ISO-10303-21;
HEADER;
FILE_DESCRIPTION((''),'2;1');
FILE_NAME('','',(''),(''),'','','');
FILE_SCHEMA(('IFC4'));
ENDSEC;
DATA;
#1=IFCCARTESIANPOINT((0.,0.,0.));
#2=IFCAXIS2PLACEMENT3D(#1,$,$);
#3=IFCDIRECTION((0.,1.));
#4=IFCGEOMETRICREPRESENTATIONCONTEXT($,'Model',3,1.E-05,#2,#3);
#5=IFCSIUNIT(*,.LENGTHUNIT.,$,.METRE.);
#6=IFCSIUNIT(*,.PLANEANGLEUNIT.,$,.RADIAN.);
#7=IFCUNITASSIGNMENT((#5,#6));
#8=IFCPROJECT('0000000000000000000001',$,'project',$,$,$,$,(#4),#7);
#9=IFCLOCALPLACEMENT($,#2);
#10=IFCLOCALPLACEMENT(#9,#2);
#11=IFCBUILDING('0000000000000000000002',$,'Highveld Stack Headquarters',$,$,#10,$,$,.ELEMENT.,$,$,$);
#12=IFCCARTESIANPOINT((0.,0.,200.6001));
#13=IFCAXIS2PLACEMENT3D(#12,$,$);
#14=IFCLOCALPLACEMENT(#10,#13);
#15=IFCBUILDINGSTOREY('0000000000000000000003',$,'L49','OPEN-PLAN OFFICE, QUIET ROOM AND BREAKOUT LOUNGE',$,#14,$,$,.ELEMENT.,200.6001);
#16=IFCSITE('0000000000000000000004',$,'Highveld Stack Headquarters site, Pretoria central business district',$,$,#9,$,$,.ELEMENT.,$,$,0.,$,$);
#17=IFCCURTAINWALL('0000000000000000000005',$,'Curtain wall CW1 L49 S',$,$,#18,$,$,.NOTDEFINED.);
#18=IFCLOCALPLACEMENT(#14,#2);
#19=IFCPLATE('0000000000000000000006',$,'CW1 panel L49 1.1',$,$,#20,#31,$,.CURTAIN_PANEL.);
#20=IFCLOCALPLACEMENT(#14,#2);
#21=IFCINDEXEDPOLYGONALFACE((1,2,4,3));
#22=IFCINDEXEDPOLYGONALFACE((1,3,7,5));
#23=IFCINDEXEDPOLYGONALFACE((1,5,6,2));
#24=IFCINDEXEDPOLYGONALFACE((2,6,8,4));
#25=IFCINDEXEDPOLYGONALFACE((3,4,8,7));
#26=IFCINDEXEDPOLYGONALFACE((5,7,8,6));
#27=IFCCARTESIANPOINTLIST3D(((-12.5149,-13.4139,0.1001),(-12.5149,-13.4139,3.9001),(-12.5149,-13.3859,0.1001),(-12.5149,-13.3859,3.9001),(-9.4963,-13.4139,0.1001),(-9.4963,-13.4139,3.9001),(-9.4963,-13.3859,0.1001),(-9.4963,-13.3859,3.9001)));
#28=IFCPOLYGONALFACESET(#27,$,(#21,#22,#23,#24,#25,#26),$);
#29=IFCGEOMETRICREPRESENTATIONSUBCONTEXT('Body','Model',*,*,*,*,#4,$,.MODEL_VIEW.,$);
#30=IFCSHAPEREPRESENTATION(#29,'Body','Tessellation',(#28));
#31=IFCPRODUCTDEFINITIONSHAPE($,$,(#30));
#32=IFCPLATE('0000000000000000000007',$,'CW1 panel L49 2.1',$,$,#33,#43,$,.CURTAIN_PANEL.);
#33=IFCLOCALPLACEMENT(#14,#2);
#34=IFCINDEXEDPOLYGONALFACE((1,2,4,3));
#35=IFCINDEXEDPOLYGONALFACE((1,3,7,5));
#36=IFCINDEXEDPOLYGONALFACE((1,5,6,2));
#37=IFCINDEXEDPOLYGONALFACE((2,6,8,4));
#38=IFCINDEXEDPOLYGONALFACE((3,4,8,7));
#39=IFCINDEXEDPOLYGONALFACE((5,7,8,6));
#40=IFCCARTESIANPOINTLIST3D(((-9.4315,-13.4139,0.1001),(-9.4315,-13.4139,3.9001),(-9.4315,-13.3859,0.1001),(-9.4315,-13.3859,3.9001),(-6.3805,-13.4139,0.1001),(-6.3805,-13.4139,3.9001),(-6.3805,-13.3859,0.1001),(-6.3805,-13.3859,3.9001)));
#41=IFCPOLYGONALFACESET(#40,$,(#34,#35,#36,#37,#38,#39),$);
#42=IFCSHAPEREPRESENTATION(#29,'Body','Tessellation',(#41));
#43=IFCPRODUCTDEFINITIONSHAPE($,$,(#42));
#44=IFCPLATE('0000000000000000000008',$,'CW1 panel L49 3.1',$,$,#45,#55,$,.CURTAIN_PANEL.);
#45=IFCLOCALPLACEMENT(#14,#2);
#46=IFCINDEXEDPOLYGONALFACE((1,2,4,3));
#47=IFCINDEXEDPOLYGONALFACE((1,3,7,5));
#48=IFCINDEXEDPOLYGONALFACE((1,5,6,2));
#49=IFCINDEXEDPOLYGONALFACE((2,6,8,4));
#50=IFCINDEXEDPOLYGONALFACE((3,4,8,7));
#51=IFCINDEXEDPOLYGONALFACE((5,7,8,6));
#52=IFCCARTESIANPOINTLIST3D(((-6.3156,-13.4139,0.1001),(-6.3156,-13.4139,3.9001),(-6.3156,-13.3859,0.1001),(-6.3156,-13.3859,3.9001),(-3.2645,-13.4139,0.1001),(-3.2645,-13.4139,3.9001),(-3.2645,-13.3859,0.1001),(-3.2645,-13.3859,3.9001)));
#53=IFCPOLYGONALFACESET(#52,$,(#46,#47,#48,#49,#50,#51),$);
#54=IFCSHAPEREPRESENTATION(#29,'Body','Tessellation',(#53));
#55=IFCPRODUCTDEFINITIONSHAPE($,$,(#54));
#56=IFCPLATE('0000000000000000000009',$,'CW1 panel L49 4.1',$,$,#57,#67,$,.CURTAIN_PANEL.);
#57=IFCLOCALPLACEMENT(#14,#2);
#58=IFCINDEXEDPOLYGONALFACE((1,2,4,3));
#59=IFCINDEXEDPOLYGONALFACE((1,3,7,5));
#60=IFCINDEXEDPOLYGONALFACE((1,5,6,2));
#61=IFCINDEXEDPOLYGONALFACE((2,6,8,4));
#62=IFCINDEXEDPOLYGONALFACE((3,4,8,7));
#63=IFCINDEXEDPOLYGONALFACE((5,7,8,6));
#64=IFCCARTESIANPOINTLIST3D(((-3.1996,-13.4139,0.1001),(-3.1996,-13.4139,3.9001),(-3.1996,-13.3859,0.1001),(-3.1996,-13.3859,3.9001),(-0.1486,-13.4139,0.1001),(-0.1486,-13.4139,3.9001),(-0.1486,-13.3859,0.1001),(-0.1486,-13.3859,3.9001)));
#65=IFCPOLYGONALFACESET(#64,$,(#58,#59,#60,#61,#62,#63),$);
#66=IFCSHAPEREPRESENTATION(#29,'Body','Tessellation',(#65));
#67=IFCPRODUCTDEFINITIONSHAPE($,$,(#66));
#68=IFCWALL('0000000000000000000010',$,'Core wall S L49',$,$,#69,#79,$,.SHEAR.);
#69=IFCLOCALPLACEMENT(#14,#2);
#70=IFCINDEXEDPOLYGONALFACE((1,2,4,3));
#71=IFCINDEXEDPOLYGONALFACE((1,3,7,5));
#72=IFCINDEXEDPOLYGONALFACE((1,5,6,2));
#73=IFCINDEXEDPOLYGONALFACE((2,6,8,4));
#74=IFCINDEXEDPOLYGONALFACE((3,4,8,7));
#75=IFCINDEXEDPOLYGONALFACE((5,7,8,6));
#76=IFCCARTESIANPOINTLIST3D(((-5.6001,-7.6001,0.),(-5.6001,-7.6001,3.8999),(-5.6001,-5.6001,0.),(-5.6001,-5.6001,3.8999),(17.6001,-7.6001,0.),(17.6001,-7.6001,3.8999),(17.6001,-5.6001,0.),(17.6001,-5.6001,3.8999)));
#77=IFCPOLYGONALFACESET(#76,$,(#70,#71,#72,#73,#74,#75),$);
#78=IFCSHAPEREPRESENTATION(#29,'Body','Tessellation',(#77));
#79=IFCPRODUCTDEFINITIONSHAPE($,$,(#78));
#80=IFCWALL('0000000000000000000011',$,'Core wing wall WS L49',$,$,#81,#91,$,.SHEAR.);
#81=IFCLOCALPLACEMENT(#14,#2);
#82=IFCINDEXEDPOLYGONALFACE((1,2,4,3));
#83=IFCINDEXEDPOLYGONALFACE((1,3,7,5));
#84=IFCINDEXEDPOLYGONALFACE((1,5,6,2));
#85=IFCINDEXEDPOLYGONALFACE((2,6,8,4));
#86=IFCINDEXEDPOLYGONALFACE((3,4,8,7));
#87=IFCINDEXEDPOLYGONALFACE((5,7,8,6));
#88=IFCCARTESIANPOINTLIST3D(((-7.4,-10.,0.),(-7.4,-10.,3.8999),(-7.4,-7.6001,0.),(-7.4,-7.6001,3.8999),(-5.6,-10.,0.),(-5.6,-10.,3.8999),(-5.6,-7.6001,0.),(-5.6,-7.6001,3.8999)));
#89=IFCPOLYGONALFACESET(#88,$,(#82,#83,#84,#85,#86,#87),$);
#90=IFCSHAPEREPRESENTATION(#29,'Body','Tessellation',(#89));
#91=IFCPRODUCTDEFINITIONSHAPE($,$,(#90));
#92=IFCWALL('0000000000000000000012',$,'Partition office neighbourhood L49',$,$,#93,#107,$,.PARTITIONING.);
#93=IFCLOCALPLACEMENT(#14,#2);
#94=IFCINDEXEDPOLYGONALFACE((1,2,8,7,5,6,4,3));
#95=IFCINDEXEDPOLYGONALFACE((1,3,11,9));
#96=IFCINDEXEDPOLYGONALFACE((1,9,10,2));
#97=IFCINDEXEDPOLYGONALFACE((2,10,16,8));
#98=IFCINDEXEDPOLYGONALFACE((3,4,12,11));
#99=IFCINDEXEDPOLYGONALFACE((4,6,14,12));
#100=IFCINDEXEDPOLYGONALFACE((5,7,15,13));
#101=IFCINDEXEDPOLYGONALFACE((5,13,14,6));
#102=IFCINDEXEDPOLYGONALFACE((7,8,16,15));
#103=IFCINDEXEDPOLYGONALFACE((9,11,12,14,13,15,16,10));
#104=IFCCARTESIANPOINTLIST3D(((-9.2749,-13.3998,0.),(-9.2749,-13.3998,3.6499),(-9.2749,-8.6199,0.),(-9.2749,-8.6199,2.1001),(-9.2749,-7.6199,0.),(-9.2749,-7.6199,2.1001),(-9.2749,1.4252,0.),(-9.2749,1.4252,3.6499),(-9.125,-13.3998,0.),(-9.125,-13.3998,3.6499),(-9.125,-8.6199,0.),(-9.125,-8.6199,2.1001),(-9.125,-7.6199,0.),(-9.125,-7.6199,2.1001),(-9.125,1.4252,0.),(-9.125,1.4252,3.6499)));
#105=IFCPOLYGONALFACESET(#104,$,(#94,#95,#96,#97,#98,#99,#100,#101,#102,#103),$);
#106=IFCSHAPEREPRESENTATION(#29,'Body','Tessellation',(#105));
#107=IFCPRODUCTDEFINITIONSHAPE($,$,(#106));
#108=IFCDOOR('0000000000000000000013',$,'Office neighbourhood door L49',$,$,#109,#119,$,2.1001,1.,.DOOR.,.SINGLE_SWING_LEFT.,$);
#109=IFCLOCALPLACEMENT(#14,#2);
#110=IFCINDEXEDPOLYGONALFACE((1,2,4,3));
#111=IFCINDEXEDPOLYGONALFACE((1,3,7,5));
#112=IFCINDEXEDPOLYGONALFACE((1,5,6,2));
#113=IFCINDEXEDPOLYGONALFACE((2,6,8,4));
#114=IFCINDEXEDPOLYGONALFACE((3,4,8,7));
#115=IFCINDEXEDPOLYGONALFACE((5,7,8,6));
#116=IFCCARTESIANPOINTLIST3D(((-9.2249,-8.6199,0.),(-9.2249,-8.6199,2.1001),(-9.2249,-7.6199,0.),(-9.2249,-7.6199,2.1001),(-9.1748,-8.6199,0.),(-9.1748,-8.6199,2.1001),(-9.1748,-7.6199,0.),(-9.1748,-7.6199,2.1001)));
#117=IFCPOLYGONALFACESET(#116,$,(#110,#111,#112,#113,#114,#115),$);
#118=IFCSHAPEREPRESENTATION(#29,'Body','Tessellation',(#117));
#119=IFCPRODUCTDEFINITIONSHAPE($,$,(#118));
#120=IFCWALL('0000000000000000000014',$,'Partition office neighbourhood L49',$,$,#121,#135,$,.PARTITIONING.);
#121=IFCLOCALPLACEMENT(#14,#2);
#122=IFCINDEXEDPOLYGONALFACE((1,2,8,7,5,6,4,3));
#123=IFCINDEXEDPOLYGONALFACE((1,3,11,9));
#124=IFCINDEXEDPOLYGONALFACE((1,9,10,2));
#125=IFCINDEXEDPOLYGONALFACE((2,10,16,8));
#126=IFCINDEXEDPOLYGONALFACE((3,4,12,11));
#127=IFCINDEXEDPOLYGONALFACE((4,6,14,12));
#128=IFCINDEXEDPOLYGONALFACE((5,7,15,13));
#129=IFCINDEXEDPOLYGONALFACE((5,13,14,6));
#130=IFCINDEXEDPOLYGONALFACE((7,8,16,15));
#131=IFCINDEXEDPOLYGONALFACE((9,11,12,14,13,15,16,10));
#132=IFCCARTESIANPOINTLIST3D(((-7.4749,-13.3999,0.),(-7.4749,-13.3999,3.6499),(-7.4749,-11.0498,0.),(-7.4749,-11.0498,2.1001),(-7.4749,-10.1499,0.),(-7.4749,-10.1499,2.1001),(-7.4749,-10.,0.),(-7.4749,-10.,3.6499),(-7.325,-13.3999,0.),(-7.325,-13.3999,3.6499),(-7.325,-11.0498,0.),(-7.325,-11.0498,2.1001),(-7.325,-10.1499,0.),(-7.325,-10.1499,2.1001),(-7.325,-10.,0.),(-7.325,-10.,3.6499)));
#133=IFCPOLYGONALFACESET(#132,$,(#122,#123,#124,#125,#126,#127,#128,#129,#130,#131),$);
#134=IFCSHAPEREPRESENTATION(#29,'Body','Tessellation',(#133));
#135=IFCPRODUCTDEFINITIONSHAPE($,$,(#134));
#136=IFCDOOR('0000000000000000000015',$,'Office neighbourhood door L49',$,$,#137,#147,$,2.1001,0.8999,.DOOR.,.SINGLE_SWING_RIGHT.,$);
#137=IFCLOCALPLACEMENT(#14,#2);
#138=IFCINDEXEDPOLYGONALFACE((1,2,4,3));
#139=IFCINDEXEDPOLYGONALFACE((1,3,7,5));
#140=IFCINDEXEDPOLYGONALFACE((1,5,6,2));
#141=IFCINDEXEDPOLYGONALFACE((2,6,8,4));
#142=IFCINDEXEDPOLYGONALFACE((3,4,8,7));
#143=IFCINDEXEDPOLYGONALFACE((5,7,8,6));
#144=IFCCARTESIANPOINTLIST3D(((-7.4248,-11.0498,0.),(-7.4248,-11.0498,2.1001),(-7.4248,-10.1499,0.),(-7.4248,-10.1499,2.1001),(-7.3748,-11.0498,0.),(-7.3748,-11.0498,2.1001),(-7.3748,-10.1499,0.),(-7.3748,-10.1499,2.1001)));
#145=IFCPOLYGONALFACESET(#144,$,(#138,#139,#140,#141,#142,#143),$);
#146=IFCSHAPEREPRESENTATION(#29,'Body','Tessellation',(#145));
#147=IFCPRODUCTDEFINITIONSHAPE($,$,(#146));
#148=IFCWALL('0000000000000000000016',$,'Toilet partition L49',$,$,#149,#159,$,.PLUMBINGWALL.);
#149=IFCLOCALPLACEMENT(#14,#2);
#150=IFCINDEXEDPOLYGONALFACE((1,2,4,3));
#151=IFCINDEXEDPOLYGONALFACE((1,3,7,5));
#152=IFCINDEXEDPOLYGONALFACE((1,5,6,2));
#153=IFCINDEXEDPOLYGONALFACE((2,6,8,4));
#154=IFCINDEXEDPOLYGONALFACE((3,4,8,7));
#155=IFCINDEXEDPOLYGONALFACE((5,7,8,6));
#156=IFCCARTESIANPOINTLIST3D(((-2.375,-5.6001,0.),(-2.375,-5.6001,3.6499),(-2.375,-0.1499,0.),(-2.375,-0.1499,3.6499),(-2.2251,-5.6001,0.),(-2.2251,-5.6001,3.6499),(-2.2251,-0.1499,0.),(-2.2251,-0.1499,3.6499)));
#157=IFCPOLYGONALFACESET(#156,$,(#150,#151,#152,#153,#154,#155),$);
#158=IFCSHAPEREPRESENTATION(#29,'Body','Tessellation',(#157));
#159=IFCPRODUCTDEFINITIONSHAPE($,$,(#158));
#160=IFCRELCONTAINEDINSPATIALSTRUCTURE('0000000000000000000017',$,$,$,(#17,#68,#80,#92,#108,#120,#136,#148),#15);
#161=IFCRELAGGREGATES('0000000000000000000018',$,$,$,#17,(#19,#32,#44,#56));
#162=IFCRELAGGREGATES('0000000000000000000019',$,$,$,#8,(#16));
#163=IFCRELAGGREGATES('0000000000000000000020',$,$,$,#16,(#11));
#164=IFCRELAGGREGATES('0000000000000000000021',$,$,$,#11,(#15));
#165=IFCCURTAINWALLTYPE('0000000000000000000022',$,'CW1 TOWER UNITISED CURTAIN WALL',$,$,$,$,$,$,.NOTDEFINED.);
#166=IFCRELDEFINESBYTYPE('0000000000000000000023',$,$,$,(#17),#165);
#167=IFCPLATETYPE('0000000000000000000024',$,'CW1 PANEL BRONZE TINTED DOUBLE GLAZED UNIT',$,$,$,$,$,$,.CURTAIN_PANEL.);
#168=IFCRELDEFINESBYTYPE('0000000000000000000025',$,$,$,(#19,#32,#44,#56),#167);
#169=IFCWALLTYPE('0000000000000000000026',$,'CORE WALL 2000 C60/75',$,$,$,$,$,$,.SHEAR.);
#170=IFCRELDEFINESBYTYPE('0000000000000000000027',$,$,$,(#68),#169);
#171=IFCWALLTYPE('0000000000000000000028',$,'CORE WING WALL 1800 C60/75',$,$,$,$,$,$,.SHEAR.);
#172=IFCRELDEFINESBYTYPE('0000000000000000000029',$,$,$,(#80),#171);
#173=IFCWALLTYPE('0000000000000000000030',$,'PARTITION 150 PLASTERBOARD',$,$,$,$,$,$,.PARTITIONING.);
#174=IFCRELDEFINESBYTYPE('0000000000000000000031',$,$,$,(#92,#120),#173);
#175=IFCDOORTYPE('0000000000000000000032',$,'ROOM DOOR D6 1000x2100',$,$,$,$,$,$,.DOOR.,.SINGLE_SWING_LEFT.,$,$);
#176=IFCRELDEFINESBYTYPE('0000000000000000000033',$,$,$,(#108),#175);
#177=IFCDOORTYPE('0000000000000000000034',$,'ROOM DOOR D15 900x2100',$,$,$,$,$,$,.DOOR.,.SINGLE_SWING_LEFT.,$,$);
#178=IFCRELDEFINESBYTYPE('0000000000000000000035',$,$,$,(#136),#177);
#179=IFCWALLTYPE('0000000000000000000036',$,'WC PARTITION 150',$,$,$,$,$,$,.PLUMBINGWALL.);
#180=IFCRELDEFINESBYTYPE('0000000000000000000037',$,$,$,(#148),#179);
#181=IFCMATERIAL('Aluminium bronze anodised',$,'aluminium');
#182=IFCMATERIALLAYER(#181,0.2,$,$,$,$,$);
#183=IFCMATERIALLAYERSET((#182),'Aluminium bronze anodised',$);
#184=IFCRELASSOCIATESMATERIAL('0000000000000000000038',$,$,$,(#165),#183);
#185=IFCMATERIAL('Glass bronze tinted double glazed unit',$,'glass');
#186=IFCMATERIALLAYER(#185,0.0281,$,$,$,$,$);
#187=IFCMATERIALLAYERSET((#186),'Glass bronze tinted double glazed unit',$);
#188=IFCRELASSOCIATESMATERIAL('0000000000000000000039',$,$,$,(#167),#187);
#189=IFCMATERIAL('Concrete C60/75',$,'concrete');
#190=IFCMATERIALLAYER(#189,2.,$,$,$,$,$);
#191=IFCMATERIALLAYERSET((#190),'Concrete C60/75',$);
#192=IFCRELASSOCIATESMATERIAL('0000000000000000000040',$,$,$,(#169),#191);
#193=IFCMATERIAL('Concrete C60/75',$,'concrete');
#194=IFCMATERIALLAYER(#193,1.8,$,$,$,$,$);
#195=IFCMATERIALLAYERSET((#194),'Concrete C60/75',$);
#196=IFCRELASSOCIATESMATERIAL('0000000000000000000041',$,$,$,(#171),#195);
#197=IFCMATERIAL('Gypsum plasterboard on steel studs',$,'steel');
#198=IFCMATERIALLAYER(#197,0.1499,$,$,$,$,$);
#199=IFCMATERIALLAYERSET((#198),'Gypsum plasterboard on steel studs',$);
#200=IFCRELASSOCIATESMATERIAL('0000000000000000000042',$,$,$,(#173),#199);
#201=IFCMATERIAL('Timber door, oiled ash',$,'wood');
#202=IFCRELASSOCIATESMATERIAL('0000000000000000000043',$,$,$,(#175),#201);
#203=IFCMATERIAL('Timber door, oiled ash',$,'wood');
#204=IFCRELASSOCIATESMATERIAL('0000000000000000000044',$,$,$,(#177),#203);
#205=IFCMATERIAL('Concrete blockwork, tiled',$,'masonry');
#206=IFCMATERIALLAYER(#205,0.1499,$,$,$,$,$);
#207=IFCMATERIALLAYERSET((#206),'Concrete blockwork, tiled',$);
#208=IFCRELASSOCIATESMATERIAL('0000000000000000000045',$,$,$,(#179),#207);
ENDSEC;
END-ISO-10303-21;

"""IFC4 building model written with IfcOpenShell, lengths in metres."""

from ifc_helpers import new_model, si_unit, direction, frame, frame_2d, origin, origin_2d, place, context, subcontext, project, spatial, rectangle, extrude, material, layer, layer_set, type_object, element, fill, aggregate, save


model = new_model("IFC4")

# Units and contexts
model_context = context("Model", 3, precision=1e-05, world=origin(), true_north=direction((0.0, 1.0)))
body_context = subcontext(model_context, "Body", "Model", "MODEL_VIEW")
ifc_project = project(units=[si_unit("LENGTHUNIT", "METRE"), si_unit("PLANEANGLEUNIT", "RADIAN")], contexts=[model_context])

# Site, building, storey
site_placement = place(None, origin())
site = spatial("IfcSite", under=ifc_project, at=site_placement, Name="Highveld Stack Headquarters site, Pretoria central business district", CompositionType="ELEMENT", RefElevation=0.0)
building_placement = place(site_placement, origin())
building = spatial("IfcBuilding", under=site, at=building_placement, Name="Highveld Stack Headquarters", CompositionType="ELEMENT")
storey_placement = place(building_placement, frame((0.0, 0.0, 200.6001)))
storey = spatial("IfcBuildingStorey", under=building, at=storey_placement, Name="L49", Description="OPEN-PLAN OFFICE, QUIET ROOM AND BREAKOUT LOUNGE", CompositionType="ELEMENT", Elevation=200.6001)

# Curtain wall, plates
ifc_material_1 = material(Name="Aluminium bronze anodised", Category="aluminium")
ifc_layer_1 = layer(ifc_material_1, 0.2)
ifc_layer_set_1 = layer_set([ifc_layer_1], Name="Aluminium bronze anodised")
curtain_wall_type = type_object("IfcCurtainWallType", Name="CW1 TOWER UNITISED CURTAIN WALL", PredefinedType="NOTDEFINED", material=ifc_layer_set_1)
curtain_wall_placement = place(storey_placement, origin())
curtain_wall = element("IfcCurtainWall", 1, at=curtain_wall_placement, inside=storey, type_object=curtain_wall_type, Name="Curtain wall CW1 L49 S", PredefinedType="NOTDEFINED")
ifc_material_2 = material(Name="Glass bronze tinted double glazed unit", Category="glass")
ifc_layer_2 = layer(ifc_material_2, 0.0281)
ifc_layer_set_2 = layer_set([ifc_layer_2], Name="Glass bronze tinted double glazed unit")
plate_type = type_object("IfcPlateType", Name="CW1 PANEL BRONZE TINTED DOUBLE GLAZED UNIT", PredefinedType="CURTAIN_PANEL", material=ifc_layer_set_2)
plate_1_placement = place(storey_placement, frame((-11.0056, -13.3999, 0.1001), z_axis=(0.0, 0.0, 1.0), x_axis=(1.0, 0.0, 0.0)))
plate_1 = element("IfcPlate", 2, at=plate_1_placement, type_object=plate_type, Name="CW1 panel L49 1.1", PredefinedType="CURTAIN_PANEL", context=body_context, shape_type="SweptSolid", body=[
    extrude(rectangle(XDim=3.0186, YDim=0.0281, at=origin_2d()), origin(), (0.0, 0.0, 1.0), 3.8),
])
plate_2_placement = place(storey_placement, frame((-7.906, -13.3999, 0.1001), z_axis=(0.0, 0.0, 1.0), x_axis=(1.0, 0.0, 0.0)))
plate_2 = element("IfcPlate", 3, at=plate_2_placement, type_object=plate_type, Name="CW1 panel L49 2.1", PredefinedType="CURTAIN_PANEL", context=body_context, shape_type="SweptSolid", body=[
    extrude(rectangle(XDim=3.051, YDim=0.0281, at=origin_2d()), origin(), (0.0, 0.0, 1.0), 3.8),
])
plate_3_placement = place(storey_placement, frame((-4.79, -13.3999, 0.1001), z_axis=(0.0, 0.0, 1.0), x_axis=(1.0, 0.0, 0.0)))
plate_3 = element("IfcPlate", 4, at=plate_3_placement, type_object=plate_type, Name="CW1 panel L49 3.1", PredefinedType="CURTAIN_PANEL", context=body_context, shape_type="SweptSolid", body=[
    extrude(rectangle(XDim=3.051, YDim=0.0281, at=origin_2d()), origin(), (0.0, 0.0, 1.0), 3.8),
])
plate_4_placement = place(storey_placement, frame((-1.6741, -13.3999, 0.1001), z_axis=(0.0, 0.0, 1.0), x_axis=(1.0, 0.0, 0.0)))
plate_4 = element("IfcPlate", 5, at=plate_4_placement, type_object=plate_type, Name="CW1 panel L49 4.1", PredefinedType="CURTAIN_PANEL", context=body_context, shape_type="SweptSolid", body=[
    extrude(rectangle(XDim=3.051, YDim=0.0281, at=origin_2d()), origin(), (0.0, 0.0, 1.0), 3.8),
])
aggregate(curtain_wall, [plate_1, plate_2, plate_3, plate_4])

# Walls
ifc_material_3 = material(Name="Concrete C60/75", Category="concrete")
ifc_layer_3 = layer(ifc_material_3, 2.0)
ifc_layer_set_3 = layer_set([ifc_layer_3], Name="Concrete C60/75")
wall_type_1 = type_object("IfcWallType", Name="CORE WALL 2000 C60/75", PredefinedType="SHEAR", material=ifc_layer_set_3)
wall_1_placement = place(storey_placement, frame((-5.6001, -6.6001, 0.0), z_axis=(0.0, 0.0, 1.0), x_axis=(1.0, 0.0, 0.0)))
element("IfcWall", 6, at=wall_1_placement, inside=storey, type_object=wall_type_1, Name="Core wall S L49", PredefinedType="SHEAR", context=body_context, shape_type="SweptSolid", body=[
    extrude(rectangle(XDim=23.2002, YDim=2.0, at=frame_2d((11.6001, 0.0))), origin(), (0.0, 0.0, 1.0), 3.8999),
])
ifc_material_4 = material(Name="Concrete C60/75", Category="concrete")
ifc_layer_4 = layer(ifc_material_4, 1.8)
ifc_layer_set_4 = layer_set([ifc_layer_4], Name="Concrete C60/75")
wall_type_2 = type_object("IfcWallType", Name="CORE WING WALL 1800 C60/75", PredefinedType="SHEAR", material=ifc_layer_set_4)
wall_2_placement = place(storey_placement, frame((-6.5, -10.0, 0.0), z_axis=(0.0, 0.0, 1.0), x_axis=(0.0, 1.0, 0.0)))
element("IfcWall", 7, at=wall_2_placement, inside=storey, type_object=wall_type_2, Name="Core wing wall WS L49", PredefinedType="SHEAR", context=body_context, shape_type="SweptSolid", body=[
    extrude(rectangle(XDim=2.3999, YDim=1.8, at=frame_2d((1.2, 0.0))), origin(), (0.0, 0.0, 1.0), 3.8999),
])

# Walls, openings, doors
ifc_material_5 = material(Name="Gypsum plasterboard on steel studs", Category="steel")
ifc_layer_5 = layer(ifc_material_5, 0.1499)
ifc_layer_set_5 = layer_set([ifc_layer_5], Name="Gypsum plasterboard on steel studs")
wall_type_3 = type_object("IfcWallType", Name="PARTITION 150 PLASTERBOARD", PredefinedType="PARTITIONING", material=ifc_layer_set_5)
wall_3_placement = place(storey_placement, frame((-9.2, -13.3999, 0.0), z_axis=(0.0, 0.0, 1.0), x_axis=(0.0, 1.0, 0.0)))
wall_3 = element("IfcWall", 8, at=wall_3_placement, inside=storey, type_object=wall_type_3, Name="Partition office neighbourhood L49", PredefinedType="PARTITIONING", context=body_context, shape_type="SweptSolid", body=[
    extrude(rectangle(XDim=14.825, YDim=0.1499, at=frame_2d((7.4126, 0.0))), origin(), (0.0, 0.0, 1.0), 3.6499),
])
opening_1_placement = place(wall_3_placement, frame((4.78, 0.0, 0.0)))
opening_1 = element("IfcOpeningElement", 9, at=opening_1_placement, cuts=wall_3, PredefinedType="OPENING", context=body_context, shape_type="SweptSolid", body=[
    extrude(rectangle(XDim=1.0, YDim=2.1001, at=frame_2d((0.5, 1.05))), frame((0.0, 0.085, 0.0), z_axis=(0.0, -1.0, 0.0), x_axis=(1.0, 0.0, 0.0)), (0.0, 0.0, 1.0), 0.1699),
])
ifc_material_6 = material(Name="Timber door, oiled ash", Category="wood")
door_type_1 = type_object("IfcDoorType", Name="ROOM DOOR D6 1000x2100", OperationType="SINGLE_SWING_LEFT", PredefinedType="DOOR", material=ifc_material_6)
door_1_placement = place(opening_1_placement, origin())
door_1 = element("IfcDoor", 10, at=door_1_placement, inside=storey, type_object=door_type_1, Name="Office neighbourhood door L49", OperationType="SINGLE_SWING_LEFT", OverallHeight=2.1001, OverallWidth=1.0, PredefinedType="DOOR", context=body_context, shape_type="SweptSolid", body=[
    extrude(rectangle(XDim=1.0, YDim=2.1001, at=frame_2d((0.5, 1.05))), frame((0.0, 0.0249, 0.0), z_axis=(0.0, -1.0, 0.0), x_axis=(1.0, 0.0, 0.0)), (0.0, 0.0, 1.0), 0.05),
])
fill(opening_1, door_1)
wall_4_placement = place(storey_placement, frame((-7.3999, -13.3999, 0.0), z_axis=(0.0, 0.0, 1.0), x_axis=(0.0, 1.0, 0.0)))
wall_4 = element("IfcWall", 11, at=wall_4_placement, inside=storey, type_object=wall_type_3, Name="Partition office neighbourhood L49", PredefinedType="PARTITIONING", context=body_context, shape_type="SweptSolid", body=[
    extrude(rectangle(XDim=3.3999, YDim=0.1499, at=frame_2d((1.7, 0.0))), origin(), (0.0, 0.0, 1.0), 3.6499),
])
opening_2_placement = place(wall_4_placement, frame((2.3501, 0.0, 0.0)))
opening_2 = element("IfcOpeningElement", 12, at=opening_2_placement, cuts=wall_4, PredefinedType="OPENING", context=body_context, shape_type="SweptSolid", body=[
    extrude(rectangle(XDim=0.8999, YDim=2.1001, at=frame_2d((0.45, 1.05))), frame((0.0, 0.085, 0.0), z_axis=(0.0, -1.0, 0.0), x_axis=(1.0, 0.0, 0.0)), (0.0, 0.0, 1.0), 0.1699),
])
ifc_material_7 = material(Name="Timber door, oiled ash", Category="wood")
door_type_2 = type_object("IfcDoorType", Name="ROOM DOOR D15 900x2100", OperationType="SINGLE_SWING_LEFT", PredefinedType="DOOR", material=ifc_material_7)
door_2_placement = place(opening_2_placement, origin())
door_2 = element("IfcDoor", 13, at=door_2_placement, inside=storey, type_object=door_type_2, Name="Office neighbourhood door L49", OperationType="SINGLE_SWING_RIGHT", OverallHeight=2.1001, OverallWidth=0.8999, PredefinedType="DOOR", context=body_context, shape_type="SweptSolid", body=[
    extrude(rectangle(XDim=0.8999, YDim=2.1001, at=frame_2d((0.45, 1.05))), frame((0.0, 0.0249, 0.0), z_axis=(0.0, -1.0, 0.0), x_axis=(1.0, 0.0, 0.0)), (0.0, 0.0, 1.0), 0.05),
])
fill(opening_2, door_2)

# Wall
ifc_material_8 = material(Name="Concrete blockwork, tiled", Category="masonry")
ifc_layer_6 = layer(ifc_material_8, 0.1499)
ifc_layer_set_6 = layer_set([ifc_layer_6], Name="Concrete blockwork, tiled")
wall_type_4 = type_object("IfcWallType", Name="WC PARTITION 150", PredefinedType="PLUMBINGWALL", material=ifc_layer_set_6)
wall_5_placement = place(storey_placement, frame((-2.3, -5.6001, 0.0), z_axis=(0.0, 0.0, 1.0), x_axis=(0.0, 1.0, 0.0)))
element("IfcWall", 14, at=wall_5_placement, inside=storey, type_object=wall_type_4, Name="Toilet partition L49", PredefinedType="PLUMBINGWALL", context=body_context, shape_type="SweptSolid", body=[
    extrude(rectangle(XDim=5.4502, YDim=0.1499, at=frame_2d((2.7251, 0.0))), origin(), (0.0, 0.0, 1.0), 3.6499),
])

save(model, "model.ifc")
